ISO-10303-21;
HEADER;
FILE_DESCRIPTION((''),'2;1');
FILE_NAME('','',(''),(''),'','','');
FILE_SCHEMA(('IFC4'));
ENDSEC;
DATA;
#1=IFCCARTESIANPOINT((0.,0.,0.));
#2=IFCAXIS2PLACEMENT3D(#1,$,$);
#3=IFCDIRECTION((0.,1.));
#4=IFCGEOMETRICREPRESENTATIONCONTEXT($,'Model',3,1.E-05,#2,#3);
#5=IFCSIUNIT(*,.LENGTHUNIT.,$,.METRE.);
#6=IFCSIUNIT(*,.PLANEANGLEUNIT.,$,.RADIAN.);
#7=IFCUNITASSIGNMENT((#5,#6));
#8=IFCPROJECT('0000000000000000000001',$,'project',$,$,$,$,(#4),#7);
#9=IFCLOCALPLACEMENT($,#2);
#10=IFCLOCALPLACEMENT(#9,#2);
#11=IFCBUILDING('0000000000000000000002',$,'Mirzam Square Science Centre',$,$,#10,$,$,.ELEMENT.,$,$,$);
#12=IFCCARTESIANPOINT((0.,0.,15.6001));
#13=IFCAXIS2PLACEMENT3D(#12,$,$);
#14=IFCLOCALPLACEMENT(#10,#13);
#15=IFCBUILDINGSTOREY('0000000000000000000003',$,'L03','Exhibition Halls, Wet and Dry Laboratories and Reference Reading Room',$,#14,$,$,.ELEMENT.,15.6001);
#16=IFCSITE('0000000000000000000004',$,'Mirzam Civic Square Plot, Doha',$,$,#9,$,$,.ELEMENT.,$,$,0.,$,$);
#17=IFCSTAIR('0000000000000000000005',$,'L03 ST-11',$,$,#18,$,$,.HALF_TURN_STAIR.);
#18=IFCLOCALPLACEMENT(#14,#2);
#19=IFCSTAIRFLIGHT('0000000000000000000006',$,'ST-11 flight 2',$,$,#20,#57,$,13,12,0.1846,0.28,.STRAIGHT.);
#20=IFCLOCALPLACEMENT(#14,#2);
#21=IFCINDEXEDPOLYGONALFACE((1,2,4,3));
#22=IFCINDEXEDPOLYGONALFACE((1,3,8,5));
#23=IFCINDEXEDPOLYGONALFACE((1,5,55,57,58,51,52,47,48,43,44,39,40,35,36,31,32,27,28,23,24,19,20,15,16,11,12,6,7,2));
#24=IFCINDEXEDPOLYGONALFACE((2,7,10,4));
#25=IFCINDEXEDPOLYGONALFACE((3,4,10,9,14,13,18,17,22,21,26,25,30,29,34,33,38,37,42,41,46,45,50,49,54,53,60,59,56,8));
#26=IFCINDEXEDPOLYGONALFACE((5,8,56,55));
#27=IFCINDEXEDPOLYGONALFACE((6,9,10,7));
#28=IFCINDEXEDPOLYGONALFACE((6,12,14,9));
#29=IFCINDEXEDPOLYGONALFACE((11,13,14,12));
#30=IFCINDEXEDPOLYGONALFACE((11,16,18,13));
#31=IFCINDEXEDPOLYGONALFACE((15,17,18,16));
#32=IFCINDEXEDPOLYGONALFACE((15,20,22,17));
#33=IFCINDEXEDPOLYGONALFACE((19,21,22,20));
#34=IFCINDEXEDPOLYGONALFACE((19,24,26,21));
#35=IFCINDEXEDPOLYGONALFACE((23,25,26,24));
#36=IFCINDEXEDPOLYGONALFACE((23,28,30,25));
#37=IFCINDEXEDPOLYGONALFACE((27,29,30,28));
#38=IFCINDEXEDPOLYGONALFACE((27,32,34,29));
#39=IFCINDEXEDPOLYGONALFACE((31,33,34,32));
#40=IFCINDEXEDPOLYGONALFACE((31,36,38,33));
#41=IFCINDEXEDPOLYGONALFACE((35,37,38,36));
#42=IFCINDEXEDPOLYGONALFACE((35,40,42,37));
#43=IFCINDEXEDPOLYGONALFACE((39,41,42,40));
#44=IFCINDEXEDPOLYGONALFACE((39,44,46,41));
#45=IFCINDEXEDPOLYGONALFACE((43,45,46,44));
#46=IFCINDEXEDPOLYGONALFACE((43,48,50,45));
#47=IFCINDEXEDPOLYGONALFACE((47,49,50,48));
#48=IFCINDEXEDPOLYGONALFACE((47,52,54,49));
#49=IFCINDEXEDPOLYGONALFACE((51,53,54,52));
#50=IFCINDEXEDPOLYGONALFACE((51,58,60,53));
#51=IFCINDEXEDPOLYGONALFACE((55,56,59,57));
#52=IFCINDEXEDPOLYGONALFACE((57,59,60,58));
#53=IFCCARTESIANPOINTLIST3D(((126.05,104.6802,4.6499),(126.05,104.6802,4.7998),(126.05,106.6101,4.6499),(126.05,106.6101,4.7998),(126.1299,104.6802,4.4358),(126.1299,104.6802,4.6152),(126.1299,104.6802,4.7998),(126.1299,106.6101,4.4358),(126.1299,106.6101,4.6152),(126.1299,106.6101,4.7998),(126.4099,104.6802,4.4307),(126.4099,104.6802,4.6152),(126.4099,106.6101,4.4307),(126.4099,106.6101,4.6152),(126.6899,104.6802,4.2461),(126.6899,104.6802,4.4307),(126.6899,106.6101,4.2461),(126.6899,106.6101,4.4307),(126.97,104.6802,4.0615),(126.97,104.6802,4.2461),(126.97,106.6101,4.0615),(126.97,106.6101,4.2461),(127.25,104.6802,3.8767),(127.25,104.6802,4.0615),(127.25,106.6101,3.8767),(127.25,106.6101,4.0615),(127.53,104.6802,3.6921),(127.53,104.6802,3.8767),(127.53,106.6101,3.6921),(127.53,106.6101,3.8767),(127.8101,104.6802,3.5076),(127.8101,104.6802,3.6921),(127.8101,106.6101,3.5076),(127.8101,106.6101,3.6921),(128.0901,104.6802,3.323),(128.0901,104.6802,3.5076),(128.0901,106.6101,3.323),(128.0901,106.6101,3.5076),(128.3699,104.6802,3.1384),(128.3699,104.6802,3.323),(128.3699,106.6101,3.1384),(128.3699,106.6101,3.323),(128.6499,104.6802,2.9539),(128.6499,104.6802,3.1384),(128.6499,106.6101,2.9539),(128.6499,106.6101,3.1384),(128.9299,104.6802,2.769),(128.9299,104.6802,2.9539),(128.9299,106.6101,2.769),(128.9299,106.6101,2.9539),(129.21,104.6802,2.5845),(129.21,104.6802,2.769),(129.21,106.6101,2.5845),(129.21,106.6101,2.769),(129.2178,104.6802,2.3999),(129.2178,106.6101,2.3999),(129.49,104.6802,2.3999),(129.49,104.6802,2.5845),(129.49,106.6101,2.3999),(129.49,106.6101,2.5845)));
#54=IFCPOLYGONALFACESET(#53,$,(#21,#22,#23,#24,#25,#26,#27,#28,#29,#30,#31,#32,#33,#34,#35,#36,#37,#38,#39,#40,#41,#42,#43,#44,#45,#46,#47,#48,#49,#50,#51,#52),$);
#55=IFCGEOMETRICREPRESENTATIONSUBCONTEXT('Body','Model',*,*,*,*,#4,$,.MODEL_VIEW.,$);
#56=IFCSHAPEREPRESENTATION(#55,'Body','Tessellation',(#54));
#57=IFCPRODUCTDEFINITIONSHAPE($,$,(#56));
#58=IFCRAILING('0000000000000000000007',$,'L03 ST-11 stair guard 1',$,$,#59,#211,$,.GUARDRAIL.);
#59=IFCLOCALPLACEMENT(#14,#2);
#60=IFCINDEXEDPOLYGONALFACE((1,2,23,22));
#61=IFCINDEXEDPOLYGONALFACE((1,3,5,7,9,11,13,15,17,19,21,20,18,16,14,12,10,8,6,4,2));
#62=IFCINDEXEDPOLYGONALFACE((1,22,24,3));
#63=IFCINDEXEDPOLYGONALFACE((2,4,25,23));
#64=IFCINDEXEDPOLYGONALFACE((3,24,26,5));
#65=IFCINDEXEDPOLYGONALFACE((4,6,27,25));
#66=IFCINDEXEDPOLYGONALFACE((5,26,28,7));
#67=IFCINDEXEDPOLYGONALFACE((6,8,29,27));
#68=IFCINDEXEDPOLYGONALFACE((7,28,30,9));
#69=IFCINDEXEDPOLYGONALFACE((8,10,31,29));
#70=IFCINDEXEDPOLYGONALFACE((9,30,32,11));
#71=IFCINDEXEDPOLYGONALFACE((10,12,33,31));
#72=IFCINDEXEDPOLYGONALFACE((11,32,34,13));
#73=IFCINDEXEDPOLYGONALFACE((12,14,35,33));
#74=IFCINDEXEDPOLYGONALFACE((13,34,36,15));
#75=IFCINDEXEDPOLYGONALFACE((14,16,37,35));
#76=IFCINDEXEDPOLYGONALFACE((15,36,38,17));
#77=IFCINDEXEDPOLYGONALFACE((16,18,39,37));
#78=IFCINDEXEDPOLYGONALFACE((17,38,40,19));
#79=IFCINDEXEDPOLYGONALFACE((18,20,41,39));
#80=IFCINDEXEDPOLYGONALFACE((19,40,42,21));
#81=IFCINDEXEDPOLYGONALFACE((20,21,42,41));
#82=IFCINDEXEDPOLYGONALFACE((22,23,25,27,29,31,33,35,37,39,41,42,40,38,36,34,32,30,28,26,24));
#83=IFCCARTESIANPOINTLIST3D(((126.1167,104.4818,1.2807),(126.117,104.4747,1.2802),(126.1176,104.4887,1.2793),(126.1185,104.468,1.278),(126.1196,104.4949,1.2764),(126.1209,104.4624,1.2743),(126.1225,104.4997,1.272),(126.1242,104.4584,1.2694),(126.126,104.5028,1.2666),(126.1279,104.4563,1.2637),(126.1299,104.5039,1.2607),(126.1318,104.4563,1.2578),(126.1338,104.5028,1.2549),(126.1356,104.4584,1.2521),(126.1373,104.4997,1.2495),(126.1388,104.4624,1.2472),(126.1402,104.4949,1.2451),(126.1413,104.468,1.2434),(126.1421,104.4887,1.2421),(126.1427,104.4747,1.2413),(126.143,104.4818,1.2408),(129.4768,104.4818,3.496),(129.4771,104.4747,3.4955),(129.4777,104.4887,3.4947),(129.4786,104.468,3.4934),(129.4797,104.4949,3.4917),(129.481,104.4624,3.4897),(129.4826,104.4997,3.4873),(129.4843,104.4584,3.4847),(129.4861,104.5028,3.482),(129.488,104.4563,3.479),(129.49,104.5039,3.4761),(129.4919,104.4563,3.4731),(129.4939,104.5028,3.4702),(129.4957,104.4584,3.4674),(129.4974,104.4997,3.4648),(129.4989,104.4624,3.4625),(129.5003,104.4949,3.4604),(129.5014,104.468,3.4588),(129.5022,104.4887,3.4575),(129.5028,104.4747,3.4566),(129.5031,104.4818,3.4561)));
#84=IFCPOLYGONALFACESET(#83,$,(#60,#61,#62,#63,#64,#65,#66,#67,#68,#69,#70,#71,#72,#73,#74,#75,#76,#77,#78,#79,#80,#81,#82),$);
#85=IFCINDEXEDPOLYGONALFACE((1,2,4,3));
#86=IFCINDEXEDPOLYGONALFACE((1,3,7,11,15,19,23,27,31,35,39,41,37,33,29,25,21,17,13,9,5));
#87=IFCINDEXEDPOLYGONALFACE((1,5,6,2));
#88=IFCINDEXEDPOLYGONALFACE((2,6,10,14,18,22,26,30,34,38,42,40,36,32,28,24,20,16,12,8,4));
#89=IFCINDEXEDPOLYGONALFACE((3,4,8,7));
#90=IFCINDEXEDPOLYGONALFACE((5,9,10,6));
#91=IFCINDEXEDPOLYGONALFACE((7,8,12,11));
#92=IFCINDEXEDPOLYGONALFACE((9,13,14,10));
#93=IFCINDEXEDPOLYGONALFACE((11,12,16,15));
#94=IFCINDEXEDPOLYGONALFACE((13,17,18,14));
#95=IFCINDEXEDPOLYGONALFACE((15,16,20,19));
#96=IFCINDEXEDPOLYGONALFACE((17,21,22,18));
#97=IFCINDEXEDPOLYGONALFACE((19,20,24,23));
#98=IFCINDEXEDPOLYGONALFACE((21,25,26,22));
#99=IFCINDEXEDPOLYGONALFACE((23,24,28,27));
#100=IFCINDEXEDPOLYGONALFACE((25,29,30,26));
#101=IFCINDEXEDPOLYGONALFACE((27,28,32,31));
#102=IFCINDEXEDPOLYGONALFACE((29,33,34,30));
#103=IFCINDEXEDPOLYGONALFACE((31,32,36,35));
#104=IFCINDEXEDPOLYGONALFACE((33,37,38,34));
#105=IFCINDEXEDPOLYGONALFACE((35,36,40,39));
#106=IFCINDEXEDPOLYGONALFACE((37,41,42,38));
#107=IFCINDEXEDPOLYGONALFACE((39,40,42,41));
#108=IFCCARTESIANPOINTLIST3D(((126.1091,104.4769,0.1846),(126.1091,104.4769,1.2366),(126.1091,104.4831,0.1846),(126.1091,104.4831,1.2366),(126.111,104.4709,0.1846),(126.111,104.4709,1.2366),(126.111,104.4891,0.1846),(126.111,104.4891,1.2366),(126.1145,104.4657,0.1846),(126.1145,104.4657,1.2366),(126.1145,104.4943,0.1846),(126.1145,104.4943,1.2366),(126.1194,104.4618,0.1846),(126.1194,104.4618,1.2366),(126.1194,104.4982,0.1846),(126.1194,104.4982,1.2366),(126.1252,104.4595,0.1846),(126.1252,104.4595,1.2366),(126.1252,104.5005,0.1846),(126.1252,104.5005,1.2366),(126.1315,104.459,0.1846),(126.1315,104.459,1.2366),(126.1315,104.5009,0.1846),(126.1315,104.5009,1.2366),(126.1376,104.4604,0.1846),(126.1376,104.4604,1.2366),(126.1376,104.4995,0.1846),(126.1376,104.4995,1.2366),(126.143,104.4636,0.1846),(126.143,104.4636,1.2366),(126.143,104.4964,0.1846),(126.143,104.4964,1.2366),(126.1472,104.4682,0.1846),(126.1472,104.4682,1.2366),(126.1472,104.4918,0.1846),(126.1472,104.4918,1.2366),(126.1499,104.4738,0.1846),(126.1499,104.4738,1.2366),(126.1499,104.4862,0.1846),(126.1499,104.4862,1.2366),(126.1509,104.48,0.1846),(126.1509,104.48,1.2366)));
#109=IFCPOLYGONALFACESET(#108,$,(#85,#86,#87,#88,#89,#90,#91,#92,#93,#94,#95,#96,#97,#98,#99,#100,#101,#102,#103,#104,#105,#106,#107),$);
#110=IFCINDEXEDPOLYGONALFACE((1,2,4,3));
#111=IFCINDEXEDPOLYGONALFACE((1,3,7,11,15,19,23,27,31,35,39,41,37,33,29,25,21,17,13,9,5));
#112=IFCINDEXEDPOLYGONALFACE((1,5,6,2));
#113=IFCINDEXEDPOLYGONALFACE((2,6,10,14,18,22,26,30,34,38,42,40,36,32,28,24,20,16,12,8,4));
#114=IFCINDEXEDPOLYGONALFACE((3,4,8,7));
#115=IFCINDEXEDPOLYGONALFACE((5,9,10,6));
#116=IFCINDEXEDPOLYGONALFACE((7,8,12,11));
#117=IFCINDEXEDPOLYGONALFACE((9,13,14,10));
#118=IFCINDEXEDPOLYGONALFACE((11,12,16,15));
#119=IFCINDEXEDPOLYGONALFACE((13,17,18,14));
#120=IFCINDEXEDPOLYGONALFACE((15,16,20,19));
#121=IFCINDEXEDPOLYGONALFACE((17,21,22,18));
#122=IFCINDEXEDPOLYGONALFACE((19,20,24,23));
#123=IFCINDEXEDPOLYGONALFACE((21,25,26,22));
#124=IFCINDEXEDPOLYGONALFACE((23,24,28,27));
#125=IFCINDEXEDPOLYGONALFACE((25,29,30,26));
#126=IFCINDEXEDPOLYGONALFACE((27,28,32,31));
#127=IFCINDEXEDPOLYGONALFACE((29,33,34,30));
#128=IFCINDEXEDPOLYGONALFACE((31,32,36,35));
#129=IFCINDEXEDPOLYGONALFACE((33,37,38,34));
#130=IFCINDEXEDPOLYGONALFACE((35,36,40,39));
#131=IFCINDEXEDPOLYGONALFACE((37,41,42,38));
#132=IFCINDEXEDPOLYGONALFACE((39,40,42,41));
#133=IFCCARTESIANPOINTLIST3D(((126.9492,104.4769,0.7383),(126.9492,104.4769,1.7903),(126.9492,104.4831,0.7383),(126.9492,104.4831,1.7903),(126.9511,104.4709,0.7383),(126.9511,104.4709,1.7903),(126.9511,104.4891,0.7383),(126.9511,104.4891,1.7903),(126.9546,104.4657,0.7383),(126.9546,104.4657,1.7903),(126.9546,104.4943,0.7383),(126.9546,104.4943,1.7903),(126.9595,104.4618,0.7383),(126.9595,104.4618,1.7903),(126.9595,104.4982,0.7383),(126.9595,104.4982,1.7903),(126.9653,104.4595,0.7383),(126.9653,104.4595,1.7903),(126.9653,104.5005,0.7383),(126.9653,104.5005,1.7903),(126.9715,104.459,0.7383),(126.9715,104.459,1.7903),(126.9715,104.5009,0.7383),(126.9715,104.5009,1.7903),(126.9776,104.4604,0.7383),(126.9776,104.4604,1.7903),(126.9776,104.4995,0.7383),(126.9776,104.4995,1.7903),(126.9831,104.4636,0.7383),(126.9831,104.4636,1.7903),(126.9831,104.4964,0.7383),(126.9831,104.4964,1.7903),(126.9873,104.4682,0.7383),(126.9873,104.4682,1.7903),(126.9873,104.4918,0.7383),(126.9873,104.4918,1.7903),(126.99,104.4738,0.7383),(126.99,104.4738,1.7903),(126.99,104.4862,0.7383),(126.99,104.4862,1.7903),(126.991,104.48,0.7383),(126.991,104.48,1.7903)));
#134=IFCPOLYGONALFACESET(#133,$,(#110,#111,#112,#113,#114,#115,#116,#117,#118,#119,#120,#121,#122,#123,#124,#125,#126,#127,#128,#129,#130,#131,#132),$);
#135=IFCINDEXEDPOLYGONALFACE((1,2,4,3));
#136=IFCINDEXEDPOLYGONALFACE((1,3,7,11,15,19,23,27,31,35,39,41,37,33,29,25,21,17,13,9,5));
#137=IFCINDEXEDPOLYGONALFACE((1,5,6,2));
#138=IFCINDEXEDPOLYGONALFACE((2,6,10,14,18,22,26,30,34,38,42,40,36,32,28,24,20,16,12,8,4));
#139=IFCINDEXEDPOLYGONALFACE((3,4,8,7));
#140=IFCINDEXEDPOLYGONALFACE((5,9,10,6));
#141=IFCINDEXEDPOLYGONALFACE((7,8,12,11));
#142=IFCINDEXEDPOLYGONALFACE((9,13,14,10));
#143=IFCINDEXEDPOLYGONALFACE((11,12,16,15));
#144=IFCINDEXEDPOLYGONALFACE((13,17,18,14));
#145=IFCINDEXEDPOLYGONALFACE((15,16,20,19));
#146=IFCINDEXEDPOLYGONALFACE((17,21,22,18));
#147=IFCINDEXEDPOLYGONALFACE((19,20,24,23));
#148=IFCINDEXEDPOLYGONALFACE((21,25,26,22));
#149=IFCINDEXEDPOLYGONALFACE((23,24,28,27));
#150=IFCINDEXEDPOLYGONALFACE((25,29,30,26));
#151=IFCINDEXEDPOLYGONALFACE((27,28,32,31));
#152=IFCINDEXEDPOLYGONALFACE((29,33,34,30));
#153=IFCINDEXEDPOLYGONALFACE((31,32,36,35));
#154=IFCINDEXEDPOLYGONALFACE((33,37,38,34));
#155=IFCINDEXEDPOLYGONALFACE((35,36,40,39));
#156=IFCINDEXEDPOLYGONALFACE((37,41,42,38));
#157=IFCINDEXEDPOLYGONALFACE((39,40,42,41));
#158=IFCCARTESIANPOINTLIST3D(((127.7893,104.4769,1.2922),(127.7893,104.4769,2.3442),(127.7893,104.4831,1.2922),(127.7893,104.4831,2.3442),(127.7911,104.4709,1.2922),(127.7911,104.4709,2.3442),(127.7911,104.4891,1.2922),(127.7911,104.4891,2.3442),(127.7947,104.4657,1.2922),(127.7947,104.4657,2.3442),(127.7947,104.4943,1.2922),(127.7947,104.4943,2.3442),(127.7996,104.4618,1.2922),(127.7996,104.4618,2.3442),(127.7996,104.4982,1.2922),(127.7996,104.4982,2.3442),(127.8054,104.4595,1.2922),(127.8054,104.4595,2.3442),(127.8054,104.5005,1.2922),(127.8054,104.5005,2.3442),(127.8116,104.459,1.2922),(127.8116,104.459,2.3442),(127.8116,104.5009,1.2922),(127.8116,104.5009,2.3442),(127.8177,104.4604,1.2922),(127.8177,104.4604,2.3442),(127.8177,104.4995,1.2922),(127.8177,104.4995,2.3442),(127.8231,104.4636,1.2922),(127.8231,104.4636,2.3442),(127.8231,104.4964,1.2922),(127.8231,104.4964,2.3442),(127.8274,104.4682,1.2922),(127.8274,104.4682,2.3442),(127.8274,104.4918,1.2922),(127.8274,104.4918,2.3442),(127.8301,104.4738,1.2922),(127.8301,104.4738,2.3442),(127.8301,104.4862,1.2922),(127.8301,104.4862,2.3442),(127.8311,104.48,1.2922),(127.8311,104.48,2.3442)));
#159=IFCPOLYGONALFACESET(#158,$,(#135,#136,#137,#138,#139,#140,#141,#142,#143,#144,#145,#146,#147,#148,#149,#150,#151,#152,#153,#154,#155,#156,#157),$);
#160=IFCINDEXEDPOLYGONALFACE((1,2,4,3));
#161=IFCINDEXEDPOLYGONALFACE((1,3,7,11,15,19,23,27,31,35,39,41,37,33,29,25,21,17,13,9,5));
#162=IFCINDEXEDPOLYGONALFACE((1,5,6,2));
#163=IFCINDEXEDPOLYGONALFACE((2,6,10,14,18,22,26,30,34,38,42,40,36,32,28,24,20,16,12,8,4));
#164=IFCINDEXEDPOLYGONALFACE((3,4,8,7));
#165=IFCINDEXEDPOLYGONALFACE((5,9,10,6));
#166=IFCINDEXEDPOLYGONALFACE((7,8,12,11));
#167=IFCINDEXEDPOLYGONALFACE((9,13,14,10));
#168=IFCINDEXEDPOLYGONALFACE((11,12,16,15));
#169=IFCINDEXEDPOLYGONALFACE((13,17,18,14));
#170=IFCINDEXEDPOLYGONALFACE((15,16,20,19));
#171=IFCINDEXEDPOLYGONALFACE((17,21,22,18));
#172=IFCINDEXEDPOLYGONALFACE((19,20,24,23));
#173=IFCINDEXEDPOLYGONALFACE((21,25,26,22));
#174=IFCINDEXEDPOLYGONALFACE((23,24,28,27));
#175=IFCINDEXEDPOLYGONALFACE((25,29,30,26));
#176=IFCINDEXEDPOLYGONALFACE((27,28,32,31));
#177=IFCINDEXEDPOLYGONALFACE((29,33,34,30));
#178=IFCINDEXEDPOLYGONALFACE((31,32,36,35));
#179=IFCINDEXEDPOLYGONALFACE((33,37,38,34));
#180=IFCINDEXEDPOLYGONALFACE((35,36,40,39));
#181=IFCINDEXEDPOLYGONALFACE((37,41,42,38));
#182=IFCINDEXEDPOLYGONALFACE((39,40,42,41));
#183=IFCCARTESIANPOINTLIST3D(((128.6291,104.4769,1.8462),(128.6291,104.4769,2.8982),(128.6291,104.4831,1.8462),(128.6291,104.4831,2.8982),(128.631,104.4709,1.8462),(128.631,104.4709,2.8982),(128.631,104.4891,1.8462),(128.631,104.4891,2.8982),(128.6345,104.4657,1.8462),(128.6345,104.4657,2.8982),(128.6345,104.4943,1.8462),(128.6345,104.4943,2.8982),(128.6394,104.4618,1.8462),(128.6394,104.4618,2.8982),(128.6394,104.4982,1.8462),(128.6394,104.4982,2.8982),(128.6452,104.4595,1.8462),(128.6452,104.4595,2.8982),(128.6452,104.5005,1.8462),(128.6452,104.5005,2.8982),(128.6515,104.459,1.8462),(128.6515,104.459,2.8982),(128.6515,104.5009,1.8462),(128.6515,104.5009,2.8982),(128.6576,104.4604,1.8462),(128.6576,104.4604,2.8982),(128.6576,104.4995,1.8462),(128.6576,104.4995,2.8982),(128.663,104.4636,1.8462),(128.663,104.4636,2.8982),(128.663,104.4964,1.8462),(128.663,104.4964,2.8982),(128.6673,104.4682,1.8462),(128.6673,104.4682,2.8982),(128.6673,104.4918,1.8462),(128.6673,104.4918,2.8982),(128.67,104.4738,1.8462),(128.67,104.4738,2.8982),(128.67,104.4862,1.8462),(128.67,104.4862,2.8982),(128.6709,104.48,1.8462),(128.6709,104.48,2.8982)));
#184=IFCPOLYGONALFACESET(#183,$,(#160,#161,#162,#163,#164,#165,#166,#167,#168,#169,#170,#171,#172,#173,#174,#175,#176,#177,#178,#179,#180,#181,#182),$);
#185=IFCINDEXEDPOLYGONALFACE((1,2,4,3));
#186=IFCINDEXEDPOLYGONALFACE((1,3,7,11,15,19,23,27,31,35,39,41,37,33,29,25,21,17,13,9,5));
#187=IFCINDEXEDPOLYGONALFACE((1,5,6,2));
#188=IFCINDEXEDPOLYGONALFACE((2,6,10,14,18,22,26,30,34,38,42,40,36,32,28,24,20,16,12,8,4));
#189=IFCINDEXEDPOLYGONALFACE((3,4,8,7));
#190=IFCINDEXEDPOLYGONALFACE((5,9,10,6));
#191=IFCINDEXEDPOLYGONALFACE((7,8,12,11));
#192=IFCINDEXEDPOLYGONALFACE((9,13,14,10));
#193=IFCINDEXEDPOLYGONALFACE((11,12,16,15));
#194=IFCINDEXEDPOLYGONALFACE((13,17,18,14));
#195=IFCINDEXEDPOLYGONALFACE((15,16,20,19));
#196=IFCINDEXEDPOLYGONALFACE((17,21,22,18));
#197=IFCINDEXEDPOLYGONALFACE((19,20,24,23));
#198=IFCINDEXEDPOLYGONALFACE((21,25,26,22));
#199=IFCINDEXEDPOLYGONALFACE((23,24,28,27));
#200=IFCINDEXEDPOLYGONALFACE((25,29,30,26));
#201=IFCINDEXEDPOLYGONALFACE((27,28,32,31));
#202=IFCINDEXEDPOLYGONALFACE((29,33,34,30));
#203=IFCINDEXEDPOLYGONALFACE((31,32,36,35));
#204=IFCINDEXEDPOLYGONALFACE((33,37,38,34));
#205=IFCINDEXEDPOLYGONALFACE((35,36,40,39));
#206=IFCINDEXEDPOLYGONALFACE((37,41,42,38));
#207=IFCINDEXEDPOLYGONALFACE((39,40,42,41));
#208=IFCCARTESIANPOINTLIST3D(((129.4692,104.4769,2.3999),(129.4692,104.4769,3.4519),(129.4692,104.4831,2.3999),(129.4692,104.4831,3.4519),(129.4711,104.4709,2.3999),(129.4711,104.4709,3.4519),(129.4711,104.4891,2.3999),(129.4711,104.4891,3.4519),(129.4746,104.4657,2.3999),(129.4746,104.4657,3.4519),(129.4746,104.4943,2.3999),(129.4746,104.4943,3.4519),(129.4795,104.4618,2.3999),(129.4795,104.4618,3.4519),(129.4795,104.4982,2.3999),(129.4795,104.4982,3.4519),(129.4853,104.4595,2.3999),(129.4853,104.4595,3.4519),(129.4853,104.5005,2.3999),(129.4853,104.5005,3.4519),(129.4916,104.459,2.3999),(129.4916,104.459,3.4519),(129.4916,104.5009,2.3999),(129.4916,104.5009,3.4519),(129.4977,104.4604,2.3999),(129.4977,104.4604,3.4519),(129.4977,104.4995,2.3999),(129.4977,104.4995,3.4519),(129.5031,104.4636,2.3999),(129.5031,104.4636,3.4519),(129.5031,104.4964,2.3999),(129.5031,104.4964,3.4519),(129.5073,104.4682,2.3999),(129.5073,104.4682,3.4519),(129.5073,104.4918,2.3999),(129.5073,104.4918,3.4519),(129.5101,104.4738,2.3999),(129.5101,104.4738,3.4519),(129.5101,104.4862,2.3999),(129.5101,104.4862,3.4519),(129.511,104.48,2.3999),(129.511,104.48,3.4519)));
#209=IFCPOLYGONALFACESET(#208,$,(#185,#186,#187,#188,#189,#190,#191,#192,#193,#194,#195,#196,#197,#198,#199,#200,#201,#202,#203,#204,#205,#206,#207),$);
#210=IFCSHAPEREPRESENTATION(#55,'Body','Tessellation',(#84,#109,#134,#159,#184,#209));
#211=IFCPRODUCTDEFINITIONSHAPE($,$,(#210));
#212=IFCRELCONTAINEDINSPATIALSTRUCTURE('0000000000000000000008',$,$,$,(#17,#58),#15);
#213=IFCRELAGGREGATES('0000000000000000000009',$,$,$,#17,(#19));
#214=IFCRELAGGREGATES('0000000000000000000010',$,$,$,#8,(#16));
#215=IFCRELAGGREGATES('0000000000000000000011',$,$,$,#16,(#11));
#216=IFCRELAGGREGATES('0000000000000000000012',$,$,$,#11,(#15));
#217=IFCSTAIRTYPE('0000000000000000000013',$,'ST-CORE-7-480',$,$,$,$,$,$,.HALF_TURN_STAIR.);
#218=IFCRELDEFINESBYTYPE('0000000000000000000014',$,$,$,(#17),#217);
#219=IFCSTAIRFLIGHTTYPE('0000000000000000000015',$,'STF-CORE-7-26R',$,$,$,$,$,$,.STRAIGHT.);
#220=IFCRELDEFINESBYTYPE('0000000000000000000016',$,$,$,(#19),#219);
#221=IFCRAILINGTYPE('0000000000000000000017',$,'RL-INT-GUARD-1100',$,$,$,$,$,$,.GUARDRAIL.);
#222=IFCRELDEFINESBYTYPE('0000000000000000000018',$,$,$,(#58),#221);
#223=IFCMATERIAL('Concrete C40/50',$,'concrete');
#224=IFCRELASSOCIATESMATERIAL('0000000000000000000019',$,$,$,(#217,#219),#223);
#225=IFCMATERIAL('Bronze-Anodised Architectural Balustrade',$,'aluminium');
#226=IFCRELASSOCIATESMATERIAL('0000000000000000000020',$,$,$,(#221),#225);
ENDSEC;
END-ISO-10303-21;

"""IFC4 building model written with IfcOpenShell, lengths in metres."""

from ifc_helpers import new_model, si_unit, direction, frame, origin, origin_2d, place, context, subcontext, project, spatial, polyline, circle, outline, extrude, material, type_object, element, aggregate, save


model = new_model("IFC4")

# Units and contexts
model_context = context("Model", 3, precision=1e-05, world=origin(), true_north=direction((0.0, 1.0)))
body_context = subcontext(model_context, "Body", "Model", "MODEL_VIEW")
ifc_project = project(units=[si_unit("LENGTHUNIT", "METRE"), si_unit("PLANEANGLEUNIT", "RADIAN")], contexts=[model_context])

# Site, building, storey
site_placement = place(None, origin())
site = spatial("IfcSite", under=ifc_project, at=site_placement, Name="Mirzam Civic Square Plot, Doha", CompositionType="ELEMENT", RefElevation=0.0)
building_placement = place(site_placement, origin())
building = spatial("IfcBuilding", under=site, at=building_placement, Name="Mirzam Square Science Centre", CompositionType="ELEMENT")
storey_placement = place(building_placement, frame((0.0, 0.0, 15.6001)))
storey = spatial("IfcBuildingStorey", under=building, at=storey_placement, Name="L03", Description="Exhibition Halls, Wet and Dry Laboratories and Reference Reading Room", CompositionType="ELEMENT", Elevation=15.6001)

# Stair, stair flight
ifc_material_1 = material(Name="Concrete C40/50", Category="concrete")
stair_type = type_object("IfcStairType", Name="ST-CORE-7-480", PredefinedType="HALF_TURN_STAIR", material=ifc_material_1)
stair_placement = place(storey_placement, origin())
stair = element("IfcStair", 1, at=stair_placement, inside=storey, type_object=stair_type, Name="L03 ST-11", PredefinedType="HALF_TURN_STAIR")
stair_flight_type = type_object("IfcStairFlightType", Name="STF-CORE-7-26R", PredefinedType="STRAIGHT", material=ifc_material_1)
stair_flight_1_placement = place(storey_placement, frame((129.49, 105.645, 2.3999), z_axis=(0.0, 0.0, 1.0), x_axis=(-1.0, 0.0, 0.0)))
stair_flight_1 = element("IfcStairFlight", 2, at=stair_flight_1_placement, type_object=stair_flight_type, Name="ST-11 flight 2", NumberOfRisers=13, NumberOfTreads=12, PredefinedType="STRAIGHT", RiserHeight=0.1846, TreadLength=0.28, context=body_context, shape_type="SweptSolid", body=[
    extrude(outline(polyline([(0.0, 0.0), (0.0, 0.1846), (0.28, 0.1846), (0.28, 0.3691), (0.5601, 0.3691), (0.5601, 0.554), (0.8401, 0.554), (0.8401, 0.7385), (1.1201, 0.7385), (1.1201, 0.9231), (1.3999, 0.9231), (1.3999, 1.1077), (1.6799, 1.1077), (1.6799, 1.2922), (1.96, 1.2922), (1.96, 1.4768), (2.24, 1.4768), (2.24, 1.6616), (2.52, 1.6616), (2.52, 1.8462), (2.8, 1.8462), (2.8, 2.0308), (3.0801, 2.0308), (3.0801, 2.2153), (3.3601, 2.2153), (3.3601, 2.3999), (3.4399, 2.3999), (3.4399, 2.25), (3.3601, 2.0359), (0.2722, 0.0), (0.0, 0.0)])), frame((0.0, 0.9648, 0.0), z_axis=(0.0, -1.0, 0.0), x_axis=(1.0, 0.0, 0.0)), (0.0, 0.0, 1.0), 1.9299),
])
aggregate(stair, [stair_flight_1])

# Railing
ifc_material_2 = material(Name="Bronze-Anodised Architectural Balustrade", Category="aluminium")
railing_type_1 = type_object("IfcRailingType", Name="RL-INT-GUARD-1100", PredefinedType="GUARDRAIL", material=ifc_material_2)
railing_1_placement = place(storey_placement, frame((126.1299, 104.48, 0.1846)))
element("IfcRailing", 3, at=railing_1_placement, inside=storey, type_object=railing_type_1, Name="L03 ST-11 stair guard 1", PredefinedType="GUARDRAIL", context=body_context, shape_type="SweptSolid", body=[
    extrude(circle(Radius=0.0239, at=origin_2d()), frame((0.0, 0.0, 1.0762), z_axis=(0.834876, 0.0, 0.550437), x_axis=(0.0, 1.0, 0.0)), (0.0, 0.0, 1.0), 4.0247),
    extrude(circle(Radius=0.021, at=origin_2d()), origin(), (0.0, 0.0, 1.0), 1.052),
    extrude(circle(Radius=0.021, at=origin_2d()), frame((0.8401, 0.0, 0.5537)), (0.0, 0.0, 1.0), 1.052),
    extrude(circle(Radius=0.021, at=origin_2d()), frame((1.6802, 0.0, 1.1077)), (0.0, 0.0, 1.0), 1.052),
    extrude(circle(Radius=0.021, at=origin_2d()), frame((2.52, 0.0, 1.6616)), (0.0, 0.0, 1.0), 1.052),
    extrude(circle(Radius=0.021, at=origin_2d()), frame((3.3601, 0.0, 2.2153)), (0.0, 0.0, 1.0), 1.052),
])

save(model, "model.ifc")
